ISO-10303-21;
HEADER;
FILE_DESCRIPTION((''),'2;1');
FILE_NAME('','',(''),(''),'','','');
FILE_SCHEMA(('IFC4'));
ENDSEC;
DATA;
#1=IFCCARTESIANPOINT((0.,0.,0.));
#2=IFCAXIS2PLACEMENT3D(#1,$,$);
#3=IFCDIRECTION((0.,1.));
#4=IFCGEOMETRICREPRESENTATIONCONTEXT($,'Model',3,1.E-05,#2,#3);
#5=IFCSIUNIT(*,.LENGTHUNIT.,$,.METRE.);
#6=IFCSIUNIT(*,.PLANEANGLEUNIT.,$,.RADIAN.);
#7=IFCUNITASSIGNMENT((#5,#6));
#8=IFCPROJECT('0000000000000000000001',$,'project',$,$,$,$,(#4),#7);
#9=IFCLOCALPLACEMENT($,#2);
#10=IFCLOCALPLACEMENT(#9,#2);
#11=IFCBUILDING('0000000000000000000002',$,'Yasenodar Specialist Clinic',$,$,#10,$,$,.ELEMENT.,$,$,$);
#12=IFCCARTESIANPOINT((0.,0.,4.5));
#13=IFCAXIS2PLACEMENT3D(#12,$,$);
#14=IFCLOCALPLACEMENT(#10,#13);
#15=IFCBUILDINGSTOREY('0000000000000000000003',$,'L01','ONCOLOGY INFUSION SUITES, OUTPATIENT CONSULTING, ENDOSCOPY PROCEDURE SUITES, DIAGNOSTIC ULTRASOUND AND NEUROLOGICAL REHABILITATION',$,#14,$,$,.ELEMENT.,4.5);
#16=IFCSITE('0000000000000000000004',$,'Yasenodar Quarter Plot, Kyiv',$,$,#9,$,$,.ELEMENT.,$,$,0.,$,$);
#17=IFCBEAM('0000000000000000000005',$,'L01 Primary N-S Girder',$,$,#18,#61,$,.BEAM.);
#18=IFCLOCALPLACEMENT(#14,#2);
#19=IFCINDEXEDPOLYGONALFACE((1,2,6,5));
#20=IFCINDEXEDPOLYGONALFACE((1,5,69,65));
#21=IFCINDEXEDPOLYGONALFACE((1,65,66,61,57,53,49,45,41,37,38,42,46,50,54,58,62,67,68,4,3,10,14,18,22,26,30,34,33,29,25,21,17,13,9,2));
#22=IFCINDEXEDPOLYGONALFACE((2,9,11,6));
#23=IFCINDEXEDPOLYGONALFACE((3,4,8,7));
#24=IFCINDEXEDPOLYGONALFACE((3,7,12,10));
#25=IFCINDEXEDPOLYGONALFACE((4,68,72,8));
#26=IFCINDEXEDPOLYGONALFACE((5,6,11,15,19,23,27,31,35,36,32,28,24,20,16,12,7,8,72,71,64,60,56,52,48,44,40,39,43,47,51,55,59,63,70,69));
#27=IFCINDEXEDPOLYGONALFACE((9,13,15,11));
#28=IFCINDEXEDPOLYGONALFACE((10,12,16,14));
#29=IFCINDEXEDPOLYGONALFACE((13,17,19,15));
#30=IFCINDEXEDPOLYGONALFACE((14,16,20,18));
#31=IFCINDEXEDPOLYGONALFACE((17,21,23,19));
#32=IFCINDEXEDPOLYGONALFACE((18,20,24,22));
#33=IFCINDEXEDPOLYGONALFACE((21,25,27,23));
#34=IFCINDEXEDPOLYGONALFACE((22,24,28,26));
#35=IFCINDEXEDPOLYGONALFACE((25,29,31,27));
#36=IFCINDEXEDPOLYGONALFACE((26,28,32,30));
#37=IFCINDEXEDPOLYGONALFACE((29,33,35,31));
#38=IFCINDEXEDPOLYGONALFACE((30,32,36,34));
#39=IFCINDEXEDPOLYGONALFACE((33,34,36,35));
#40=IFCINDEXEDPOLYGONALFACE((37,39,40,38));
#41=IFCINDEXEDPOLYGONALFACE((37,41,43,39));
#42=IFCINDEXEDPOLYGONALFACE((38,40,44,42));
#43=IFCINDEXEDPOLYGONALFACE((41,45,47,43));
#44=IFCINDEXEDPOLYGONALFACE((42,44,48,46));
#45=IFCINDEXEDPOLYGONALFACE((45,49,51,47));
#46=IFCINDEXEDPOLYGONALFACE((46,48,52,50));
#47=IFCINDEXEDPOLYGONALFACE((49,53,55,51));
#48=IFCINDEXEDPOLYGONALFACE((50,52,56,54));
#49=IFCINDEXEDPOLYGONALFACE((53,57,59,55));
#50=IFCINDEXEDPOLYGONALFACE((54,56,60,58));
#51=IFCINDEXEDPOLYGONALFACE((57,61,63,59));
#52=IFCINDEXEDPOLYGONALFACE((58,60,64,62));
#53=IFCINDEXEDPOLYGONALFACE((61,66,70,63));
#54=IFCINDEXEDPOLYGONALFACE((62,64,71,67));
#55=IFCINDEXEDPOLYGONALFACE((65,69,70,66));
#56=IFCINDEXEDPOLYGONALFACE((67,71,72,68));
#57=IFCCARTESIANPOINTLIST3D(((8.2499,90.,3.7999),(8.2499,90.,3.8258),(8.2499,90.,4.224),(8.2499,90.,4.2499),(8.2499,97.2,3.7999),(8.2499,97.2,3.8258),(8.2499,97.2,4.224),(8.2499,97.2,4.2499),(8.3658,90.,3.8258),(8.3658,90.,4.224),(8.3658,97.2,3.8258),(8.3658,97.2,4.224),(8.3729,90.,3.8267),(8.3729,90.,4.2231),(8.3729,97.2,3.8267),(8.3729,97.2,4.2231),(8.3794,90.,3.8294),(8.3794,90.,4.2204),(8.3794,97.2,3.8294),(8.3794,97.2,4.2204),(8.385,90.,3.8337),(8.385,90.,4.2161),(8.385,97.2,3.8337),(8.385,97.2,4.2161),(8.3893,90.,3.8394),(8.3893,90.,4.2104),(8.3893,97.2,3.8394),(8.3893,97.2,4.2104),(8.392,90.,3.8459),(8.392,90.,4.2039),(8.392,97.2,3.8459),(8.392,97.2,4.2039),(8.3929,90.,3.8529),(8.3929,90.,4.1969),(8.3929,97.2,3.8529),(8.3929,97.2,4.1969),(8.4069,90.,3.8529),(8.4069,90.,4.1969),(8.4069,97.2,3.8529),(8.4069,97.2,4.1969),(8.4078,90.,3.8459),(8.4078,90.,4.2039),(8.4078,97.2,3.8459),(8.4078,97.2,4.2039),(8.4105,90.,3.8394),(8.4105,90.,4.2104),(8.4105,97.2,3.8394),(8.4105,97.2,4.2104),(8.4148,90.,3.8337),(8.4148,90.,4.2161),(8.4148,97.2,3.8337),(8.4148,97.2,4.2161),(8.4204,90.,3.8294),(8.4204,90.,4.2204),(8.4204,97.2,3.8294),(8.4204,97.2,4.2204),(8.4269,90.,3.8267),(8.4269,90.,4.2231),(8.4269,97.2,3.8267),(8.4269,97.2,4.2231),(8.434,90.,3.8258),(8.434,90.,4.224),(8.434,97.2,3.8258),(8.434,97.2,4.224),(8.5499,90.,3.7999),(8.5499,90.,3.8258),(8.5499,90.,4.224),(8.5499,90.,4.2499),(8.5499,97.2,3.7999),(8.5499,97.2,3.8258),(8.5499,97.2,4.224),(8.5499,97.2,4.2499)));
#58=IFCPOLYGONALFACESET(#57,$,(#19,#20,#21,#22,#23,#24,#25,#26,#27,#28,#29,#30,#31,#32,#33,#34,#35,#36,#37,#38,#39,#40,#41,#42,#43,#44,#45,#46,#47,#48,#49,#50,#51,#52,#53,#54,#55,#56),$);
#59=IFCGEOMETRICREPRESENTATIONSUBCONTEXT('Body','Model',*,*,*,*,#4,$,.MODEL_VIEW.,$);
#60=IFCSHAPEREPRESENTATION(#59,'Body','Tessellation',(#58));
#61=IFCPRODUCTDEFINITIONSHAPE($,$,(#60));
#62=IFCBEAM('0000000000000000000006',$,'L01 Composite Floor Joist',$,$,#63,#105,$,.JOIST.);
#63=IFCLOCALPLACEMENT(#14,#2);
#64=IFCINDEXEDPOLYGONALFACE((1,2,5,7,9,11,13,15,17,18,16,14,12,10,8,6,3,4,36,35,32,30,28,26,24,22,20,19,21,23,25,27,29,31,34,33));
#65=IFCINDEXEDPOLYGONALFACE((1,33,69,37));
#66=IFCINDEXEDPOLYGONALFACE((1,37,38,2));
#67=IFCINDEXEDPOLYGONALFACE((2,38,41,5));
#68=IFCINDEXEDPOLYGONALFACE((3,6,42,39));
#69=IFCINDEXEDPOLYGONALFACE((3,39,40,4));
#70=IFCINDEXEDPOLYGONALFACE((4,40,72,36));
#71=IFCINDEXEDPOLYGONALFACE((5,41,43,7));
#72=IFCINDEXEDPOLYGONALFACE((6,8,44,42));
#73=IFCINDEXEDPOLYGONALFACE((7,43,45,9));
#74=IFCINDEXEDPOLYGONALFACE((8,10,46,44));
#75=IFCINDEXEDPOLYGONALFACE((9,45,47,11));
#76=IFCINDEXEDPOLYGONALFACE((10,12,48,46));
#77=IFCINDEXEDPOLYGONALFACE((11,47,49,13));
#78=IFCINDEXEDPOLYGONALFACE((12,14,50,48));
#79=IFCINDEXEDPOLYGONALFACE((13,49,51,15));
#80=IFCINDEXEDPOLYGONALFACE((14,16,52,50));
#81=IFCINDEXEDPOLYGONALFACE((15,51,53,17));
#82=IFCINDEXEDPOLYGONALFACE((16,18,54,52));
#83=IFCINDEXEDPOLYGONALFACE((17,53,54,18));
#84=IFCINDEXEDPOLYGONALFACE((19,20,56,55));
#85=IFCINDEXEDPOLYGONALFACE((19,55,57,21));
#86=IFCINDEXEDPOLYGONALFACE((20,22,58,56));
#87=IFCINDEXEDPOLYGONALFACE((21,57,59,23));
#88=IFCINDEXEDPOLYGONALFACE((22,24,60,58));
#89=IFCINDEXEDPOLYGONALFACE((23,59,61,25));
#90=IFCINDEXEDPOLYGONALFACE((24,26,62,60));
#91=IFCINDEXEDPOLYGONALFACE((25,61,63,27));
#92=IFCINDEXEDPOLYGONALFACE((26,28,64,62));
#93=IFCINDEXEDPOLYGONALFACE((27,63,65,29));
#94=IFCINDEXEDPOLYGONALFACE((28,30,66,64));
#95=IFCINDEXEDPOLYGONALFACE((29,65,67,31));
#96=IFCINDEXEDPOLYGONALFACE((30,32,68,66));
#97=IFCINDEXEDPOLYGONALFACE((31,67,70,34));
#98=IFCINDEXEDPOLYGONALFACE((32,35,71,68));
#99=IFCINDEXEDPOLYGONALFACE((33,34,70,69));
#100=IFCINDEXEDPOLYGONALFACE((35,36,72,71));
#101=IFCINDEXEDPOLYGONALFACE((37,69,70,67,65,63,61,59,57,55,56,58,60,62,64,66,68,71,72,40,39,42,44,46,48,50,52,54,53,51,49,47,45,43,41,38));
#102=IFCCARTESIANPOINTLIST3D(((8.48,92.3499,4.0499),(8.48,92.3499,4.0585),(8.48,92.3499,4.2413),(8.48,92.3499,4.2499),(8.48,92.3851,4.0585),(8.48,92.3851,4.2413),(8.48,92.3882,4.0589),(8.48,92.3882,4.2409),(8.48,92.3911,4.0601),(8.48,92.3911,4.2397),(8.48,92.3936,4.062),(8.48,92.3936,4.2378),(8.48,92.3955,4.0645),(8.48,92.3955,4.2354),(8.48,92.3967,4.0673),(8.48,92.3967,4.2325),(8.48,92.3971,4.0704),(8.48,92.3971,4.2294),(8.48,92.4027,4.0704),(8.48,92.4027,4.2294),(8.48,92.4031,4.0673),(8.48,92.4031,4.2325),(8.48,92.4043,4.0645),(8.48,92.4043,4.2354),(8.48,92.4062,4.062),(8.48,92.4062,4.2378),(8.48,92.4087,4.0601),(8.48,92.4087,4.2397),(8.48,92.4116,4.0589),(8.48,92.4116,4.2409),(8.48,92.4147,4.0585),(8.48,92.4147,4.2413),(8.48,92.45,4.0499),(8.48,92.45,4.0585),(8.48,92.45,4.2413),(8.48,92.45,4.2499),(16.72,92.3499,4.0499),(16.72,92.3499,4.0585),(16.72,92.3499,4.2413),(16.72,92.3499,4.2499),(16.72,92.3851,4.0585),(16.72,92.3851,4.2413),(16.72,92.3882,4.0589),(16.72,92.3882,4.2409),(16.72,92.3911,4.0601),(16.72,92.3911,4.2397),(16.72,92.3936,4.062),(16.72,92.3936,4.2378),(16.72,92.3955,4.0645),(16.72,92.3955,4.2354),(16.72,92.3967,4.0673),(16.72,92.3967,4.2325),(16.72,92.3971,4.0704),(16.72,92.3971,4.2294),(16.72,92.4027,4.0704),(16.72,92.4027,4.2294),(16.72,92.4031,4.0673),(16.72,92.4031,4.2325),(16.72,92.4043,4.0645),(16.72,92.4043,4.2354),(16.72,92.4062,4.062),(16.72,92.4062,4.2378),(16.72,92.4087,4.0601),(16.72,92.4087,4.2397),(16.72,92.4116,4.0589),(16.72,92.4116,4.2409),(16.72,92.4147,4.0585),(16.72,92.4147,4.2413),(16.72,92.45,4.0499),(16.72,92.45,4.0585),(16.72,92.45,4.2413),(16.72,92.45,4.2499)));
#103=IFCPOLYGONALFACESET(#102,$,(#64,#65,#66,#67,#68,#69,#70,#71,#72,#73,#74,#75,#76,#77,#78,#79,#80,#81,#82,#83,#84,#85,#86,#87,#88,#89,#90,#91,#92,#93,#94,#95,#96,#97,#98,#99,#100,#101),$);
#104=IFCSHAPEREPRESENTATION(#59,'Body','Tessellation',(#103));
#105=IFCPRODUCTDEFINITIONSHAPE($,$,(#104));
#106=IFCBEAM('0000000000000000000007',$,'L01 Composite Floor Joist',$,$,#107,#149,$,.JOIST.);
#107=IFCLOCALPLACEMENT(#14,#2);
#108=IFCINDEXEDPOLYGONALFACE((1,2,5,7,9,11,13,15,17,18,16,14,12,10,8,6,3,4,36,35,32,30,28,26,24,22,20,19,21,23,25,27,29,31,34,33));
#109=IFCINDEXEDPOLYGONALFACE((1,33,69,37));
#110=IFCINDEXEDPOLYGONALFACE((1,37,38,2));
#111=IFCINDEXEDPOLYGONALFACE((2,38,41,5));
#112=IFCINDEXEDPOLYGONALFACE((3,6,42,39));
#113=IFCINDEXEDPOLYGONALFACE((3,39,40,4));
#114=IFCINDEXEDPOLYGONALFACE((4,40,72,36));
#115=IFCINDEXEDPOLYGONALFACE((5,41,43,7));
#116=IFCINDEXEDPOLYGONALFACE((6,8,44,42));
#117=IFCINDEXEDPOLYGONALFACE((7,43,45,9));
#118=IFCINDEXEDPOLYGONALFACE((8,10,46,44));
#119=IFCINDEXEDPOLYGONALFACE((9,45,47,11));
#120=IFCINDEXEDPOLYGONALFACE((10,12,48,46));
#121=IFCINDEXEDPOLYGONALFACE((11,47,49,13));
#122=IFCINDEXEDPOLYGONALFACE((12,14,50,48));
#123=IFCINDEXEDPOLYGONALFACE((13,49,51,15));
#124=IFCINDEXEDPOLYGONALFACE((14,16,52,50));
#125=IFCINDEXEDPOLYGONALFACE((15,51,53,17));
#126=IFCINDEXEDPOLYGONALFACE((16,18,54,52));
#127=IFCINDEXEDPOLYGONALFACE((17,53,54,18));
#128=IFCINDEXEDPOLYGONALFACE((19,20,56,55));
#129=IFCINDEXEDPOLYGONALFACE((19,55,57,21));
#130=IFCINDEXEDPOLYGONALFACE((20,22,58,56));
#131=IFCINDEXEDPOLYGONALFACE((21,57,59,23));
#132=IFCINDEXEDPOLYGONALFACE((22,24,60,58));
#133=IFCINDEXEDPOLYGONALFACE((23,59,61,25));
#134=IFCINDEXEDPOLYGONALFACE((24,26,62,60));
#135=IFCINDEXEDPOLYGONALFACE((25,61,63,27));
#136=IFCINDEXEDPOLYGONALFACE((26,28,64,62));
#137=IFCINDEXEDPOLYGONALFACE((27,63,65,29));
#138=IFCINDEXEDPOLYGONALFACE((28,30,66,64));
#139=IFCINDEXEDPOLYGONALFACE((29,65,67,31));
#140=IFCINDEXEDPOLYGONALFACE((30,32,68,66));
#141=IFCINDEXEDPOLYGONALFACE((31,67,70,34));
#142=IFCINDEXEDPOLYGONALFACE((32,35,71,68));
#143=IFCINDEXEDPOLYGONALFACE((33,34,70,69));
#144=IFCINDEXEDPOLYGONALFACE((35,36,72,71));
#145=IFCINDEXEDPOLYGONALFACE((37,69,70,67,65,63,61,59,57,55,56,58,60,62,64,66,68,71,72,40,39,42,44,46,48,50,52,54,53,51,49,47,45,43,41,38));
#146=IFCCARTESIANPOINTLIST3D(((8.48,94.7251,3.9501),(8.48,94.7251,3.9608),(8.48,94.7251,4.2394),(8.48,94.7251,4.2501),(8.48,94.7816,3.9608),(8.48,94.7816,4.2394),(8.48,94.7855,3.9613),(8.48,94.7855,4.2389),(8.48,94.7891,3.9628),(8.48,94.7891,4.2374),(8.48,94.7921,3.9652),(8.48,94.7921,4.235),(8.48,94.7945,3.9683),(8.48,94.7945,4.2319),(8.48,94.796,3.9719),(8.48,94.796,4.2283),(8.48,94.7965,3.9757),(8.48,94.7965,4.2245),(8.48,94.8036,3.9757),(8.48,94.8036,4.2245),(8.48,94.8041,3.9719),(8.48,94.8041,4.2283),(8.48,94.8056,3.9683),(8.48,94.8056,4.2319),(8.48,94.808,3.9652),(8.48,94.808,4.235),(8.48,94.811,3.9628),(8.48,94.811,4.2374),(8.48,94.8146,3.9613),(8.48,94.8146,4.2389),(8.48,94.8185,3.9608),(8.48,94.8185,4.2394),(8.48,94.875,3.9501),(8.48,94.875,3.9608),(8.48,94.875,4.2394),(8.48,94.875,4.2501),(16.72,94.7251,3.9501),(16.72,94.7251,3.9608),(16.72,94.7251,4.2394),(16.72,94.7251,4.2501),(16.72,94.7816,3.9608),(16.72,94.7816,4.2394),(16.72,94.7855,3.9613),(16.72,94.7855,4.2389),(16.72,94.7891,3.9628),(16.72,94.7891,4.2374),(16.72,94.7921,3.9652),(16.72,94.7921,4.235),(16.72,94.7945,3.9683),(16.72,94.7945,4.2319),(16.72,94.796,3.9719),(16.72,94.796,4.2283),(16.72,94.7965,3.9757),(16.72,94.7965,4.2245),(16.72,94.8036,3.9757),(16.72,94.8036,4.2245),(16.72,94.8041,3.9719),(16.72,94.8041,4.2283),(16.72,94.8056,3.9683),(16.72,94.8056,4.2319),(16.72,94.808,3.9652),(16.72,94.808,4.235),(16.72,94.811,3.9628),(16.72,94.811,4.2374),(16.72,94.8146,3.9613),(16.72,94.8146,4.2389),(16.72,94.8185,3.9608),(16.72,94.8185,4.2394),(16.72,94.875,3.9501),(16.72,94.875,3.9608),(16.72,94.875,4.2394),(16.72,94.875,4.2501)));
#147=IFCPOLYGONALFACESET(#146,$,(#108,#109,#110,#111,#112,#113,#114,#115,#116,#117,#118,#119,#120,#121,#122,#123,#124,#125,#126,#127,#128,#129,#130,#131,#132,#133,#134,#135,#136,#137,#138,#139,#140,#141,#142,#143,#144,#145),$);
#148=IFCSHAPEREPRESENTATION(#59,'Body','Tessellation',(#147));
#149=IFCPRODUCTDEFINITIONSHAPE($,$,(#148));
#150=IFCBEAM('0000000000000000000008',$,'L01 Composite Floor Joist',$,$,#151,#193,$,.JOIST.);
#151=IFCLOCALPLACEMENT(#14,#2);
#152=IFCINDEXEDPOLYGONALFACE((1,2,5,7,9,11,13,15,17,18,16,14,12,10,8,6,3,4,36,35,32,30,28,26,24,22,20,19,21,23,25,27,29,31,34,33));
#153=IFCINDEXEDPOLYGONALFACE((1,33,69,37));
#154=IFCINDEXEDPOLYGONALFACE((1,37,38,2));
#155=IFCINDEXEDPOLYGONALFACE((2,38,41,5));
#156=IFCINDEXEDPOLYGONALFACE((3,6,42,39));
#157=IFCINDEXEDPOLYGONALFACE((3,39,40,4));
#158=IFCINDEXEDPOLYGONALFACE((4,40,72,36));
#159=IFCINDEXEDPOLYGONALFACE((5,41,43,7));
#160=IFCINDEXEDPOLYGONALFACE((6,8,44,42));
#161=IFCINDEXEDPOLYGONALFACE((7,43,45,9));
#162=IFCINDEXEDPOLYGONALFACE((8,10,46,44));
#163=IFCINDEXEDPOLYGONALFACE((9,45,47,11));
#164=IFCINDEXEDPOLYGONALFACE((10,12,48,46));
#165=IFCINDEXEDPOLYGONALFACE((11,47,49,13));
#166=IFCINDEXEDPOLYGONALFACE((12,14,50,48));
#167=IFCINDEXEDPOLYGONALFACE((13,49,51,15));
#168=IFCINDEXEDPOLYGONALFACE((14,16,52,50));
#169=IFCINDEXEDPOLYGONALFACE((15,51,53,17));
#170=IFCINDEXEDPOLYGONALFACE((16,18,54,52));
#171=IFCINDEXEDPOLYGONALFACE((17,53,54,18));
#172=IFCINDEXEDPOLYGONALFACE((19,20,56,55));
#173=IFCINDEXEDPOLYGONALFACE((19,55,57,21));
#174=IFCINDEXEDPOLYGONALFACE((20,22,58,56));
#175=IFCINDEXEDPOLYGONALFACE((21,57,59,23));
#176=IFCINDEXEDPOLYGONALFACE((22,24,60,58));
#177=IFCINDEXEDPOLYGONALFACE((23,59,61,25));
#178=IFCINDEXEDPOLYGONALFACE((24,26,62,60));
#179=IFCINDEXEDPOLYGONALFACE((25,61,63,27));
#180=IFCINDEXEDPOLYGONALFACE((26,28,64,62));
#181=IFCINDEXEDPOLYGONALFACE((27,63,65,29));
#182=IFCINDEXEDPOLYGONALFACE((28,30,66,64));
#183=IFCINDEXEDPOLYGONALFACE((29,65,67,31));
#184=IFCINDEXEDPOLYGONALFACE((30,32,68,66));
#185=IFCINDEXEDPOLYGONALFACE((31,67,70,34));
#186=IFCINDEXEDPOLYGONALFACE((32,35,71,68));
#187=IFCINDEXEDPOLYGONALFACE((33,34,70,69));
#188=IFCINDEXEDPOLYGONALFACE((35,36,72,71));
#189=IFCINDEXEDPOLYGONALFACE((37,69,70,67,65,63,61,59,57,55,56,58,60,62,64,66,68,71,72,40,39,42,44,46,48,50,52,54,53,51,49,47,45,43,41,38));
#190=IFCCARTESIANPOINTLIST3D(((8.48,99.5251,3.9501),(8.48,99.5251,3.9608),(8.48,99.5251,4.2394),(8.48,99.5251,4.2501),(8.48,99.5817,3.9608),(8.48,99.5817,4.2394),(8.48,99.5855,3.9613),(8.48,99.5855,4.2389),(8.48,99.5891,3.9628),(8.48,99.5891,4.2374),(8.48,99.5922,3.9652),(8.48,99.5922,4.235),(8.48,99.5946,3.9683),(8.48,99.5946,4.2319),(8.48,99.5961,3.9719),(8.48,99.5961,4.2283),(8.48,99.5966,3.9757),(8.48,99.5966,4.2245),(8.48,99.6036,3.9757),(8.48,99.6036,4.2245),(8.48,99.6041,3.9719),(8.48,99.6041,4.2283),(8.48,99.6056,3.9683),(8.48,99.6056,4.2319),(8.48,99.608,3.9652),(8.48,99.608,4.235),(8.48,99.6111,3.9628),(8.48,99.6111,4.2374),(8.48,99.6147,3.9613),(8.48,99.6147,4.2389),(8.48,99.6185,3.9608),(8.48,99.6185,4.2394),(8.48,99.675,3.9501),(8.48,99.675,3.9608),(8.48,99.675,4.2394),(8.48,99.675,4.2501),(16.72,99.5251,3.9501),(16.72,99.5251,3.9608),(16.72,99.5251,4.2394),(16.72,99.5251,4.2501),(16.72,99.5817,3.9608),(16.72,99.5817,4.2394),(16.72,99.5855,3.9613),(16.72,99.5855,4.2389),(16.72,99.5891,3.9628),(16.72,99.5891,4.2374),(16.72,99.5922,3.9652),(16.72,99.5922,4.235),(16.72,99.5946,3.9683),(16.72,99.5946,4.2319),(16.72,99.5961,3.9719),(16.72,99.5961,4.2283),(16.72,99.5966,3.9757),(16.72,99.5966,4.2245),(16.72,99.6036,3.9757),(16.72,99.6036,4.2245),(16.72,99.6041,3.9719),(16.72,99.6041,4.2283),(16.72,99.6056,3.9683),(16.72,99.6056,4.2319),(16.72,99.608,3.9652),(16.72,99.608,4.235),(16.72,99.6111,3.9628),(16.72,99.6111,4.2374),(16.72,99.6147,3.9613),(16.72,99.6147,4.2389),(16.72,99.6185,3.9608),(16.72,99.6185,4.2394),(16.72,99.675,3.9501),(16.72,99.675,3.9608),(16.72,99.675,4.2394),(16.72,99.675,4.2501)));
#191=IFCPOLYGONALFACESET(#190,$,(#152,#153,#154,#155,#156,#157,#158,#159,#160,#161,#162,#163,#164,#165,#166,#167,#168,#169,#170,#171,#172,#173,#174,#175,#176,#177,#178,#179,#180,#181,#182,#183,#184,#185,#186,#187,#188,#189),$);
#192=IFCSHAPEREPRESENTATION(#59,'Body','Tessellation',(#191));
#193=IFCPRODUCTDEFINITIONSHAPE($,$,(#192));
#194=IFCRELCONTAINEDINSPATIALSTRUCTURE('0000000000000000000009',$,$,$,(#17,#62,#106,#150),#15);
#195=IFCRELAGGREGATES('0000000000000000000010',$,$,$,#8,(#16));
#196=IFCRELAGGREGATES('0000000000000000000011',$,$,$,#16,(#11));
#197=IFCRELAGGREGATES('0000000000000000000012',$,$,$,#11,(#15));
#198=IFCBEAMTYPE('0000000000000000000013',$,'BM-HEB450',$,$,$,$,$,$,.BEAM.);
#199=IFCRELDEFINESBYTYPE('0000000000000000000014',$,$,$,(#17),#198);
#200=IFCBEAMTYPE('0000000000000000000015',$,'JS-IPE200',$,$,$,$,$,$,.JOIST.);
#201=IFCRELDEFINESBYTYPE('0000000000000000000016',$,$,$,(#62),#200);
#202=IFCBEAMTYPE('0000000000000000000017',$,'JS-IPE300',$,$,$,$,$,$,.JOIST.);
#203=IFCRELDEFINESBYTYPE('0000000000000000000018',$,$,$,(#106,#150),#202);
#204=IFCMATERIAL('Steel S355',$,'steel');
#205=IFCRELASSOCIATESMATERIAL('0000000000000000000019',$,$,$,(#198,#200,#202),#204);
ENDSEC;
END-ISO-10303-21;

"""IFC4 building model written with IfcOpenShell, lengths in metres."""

from ifc_helpers import new_model, si_unit, direction, frame, origin, origin_2d, place, context, subcontext, project, spatial, i_section, extrude, material, material_profile, profile_set, type_object, element, save


model = new_model("IFC4")

# Units and contexts
model_context = context("Model", 3, precision=1e-05, world=origin(), true_north=direction((0.0, 1.0)))
body_context = subcontext(model_context, "Body", "Model", "MODEL_VIEW")
ifc_project = project(units=[si_unit("LENGTHUNIT", "METRE"), si_unit("PLANEANGLEUNIT", "RADIAN")], contexts=[model_context])

# Site, building, storey
site_placement = place(None, origin())
site = spatial("IfcSite", under=ifc_project, at=site_placement, Name="Yasenodar Quarter Plot, Kyiv", CompositionType="ELEMENT", RefElevation=0.0)
building_placement = place(site_placement, origin())
building = spatial("IfcBuilding", under=site, at=building_placement, Name="Yasenodar Specialist Clinic", CompositionType="ELEMENT")
storey_placement = place(building_placement, frame((0.0, 0.0, 4.5)))
storey = spatial("IfcBuildingStorey", under=building, at=storey_placement, Name="L01", Description="ONCOLOGY INFUSION SUITES, OUTPATIENT CONSULTING, ENDOSCOPY PROCEDURE SUITES, DIAGNOSTIC ULTRASOUND AND NEUROLOGICAL REHABILITATION", CompositionType="ELEMENT", Elevation=4.5)

# Shared definitions
ifc_material_1 = material(Name="Steel S355", Category="steel")

# Beams
ifc_material_profile_1 = material_profile(ifc_material_1, i_section(OverallWidth=0.3, OverallDepth=0.45, WebThickness=0.0139, FlangeThickness=0.0259, FilletRadius=0.0271, at=origin_2d()), Name="HEB 450")
ifc_profile_set_1 = profile_set([ifc_material_profile_1], Name="Steel S355")
beam_type_1 = type_object("IfcBeamType", Name="BM-HEB450", PredefinedType="BEAM", material=ifc_profile_set_1)
beam_1_placement = place(storey_placement, frame((8.3999, 90.0, 4.0249), z_axis=(0.0, 1.0, 0.0), x_axis=(-1.0, 0.0, 0.0)))
element("IfcBeam", 1, at=beam_1_placement, inside=storey, type_object=beam_type_1, Name="L01 Primary N-S Girder", PredefinedType="BEAM", context=body_context, shape_type="SweptSolid", body=[
    extrude(i_section(OverallWidth=0.3, OverallDepth=0.45, WebThickness=0.0139, FlangeThickness=0.0259, FilletRadius=0.0271, at=origin_2d()), origin(), (0.0, 0.0, 1.0), 7.2),
])
ifc_material_profile_2 = material_profile(ifc_material_1, i_section(OverallWidth=0.1001, OverallDepth=0.2, WebThickness=0.0056, FlangeThickness=0.0085, FilletRadius=0.012, at=origin_2d()), Name="IPE 200")
ifc_profile_set_2 = profile_set([ifc_material_profile_2], Name="Steel S355")
beam_type_2 = type_object("IfcBeamType", Name="JS-IPE200", PredefinedType="JOIST", material=ifc_profile_set_2)
beam_2_placement = place(storey_placement, frame((8.48, 92.3999, 4.1499), z_axis=(1.0, 0.0, 0.0), x_axis=(0.0, 1.0, 0.0)))
element("IfcBeam", 2, at=beam_2_placement, inside=storey, type_object=beam_type_2, Name="L01 Composite Floor Joist", PredefinedType="JOIST", context=body_context, shape_type="SweptSolid", body=[
    extrude(i_section(OverallWidth=0.1001, OverallDepth=0.2, WebThickness=0.0056, FlangeThickness=0.0085, FilletRadius=0.012, at=origin_2d()), origin(), (0.0, 0.0, 1.0), 8.24),
])
ifc_material_profile_3 = material_profile(ifc_material_1, i_section(OverallWidth=0.1499, OverallDepth=0.3, WebThickness=0.0071, FlangeThickness=0.0107, FilletRadius=0.0149, at=origin_2d()), Name="IPE 300")
ifc_profile_set_3 = profile_set([ifc_material_profile_3], Name="Steel S355")
beam_type_3 = type_object("IfcBeamType", Name="JS-IPE300", PredefinedType="JOIST", material=ifc_profile_set_3)
for number, where, z_axis, x_axis, name in (
    (3, (8.48, 94.8, 4.1001), (1.0, 0.0, 0.0), (0.0, 1.0, 0.0), "L01 Composite Floor Joist"),
    (4, (8.48, 99.6001, 4.1001), (1.0, 0.0, 0.0), (0.0, 1.0, 0.0), "L01 Composite Floor Joist"),
):
    element("IfcBeam", number, at=place(storey_placement, frame(where, z_axis=z_axis, x_axis=x_axis)), inside=storey, type_object=beam_type_3, Name=name, PredefinedType="JOIST", context=body_context, shape_type="SweptSolid", body=[
        extrude(i_section(OverallWidth=0.1499, OverallDepth=0.3, WebThickness=0.0071, FlangeThickness=0.0107, FilletRadius=0.0149, at=origin_2d()), origin(), (0.0, 0.0, 1.0), 8.24),
    ])

save(model, "model.ifc")
